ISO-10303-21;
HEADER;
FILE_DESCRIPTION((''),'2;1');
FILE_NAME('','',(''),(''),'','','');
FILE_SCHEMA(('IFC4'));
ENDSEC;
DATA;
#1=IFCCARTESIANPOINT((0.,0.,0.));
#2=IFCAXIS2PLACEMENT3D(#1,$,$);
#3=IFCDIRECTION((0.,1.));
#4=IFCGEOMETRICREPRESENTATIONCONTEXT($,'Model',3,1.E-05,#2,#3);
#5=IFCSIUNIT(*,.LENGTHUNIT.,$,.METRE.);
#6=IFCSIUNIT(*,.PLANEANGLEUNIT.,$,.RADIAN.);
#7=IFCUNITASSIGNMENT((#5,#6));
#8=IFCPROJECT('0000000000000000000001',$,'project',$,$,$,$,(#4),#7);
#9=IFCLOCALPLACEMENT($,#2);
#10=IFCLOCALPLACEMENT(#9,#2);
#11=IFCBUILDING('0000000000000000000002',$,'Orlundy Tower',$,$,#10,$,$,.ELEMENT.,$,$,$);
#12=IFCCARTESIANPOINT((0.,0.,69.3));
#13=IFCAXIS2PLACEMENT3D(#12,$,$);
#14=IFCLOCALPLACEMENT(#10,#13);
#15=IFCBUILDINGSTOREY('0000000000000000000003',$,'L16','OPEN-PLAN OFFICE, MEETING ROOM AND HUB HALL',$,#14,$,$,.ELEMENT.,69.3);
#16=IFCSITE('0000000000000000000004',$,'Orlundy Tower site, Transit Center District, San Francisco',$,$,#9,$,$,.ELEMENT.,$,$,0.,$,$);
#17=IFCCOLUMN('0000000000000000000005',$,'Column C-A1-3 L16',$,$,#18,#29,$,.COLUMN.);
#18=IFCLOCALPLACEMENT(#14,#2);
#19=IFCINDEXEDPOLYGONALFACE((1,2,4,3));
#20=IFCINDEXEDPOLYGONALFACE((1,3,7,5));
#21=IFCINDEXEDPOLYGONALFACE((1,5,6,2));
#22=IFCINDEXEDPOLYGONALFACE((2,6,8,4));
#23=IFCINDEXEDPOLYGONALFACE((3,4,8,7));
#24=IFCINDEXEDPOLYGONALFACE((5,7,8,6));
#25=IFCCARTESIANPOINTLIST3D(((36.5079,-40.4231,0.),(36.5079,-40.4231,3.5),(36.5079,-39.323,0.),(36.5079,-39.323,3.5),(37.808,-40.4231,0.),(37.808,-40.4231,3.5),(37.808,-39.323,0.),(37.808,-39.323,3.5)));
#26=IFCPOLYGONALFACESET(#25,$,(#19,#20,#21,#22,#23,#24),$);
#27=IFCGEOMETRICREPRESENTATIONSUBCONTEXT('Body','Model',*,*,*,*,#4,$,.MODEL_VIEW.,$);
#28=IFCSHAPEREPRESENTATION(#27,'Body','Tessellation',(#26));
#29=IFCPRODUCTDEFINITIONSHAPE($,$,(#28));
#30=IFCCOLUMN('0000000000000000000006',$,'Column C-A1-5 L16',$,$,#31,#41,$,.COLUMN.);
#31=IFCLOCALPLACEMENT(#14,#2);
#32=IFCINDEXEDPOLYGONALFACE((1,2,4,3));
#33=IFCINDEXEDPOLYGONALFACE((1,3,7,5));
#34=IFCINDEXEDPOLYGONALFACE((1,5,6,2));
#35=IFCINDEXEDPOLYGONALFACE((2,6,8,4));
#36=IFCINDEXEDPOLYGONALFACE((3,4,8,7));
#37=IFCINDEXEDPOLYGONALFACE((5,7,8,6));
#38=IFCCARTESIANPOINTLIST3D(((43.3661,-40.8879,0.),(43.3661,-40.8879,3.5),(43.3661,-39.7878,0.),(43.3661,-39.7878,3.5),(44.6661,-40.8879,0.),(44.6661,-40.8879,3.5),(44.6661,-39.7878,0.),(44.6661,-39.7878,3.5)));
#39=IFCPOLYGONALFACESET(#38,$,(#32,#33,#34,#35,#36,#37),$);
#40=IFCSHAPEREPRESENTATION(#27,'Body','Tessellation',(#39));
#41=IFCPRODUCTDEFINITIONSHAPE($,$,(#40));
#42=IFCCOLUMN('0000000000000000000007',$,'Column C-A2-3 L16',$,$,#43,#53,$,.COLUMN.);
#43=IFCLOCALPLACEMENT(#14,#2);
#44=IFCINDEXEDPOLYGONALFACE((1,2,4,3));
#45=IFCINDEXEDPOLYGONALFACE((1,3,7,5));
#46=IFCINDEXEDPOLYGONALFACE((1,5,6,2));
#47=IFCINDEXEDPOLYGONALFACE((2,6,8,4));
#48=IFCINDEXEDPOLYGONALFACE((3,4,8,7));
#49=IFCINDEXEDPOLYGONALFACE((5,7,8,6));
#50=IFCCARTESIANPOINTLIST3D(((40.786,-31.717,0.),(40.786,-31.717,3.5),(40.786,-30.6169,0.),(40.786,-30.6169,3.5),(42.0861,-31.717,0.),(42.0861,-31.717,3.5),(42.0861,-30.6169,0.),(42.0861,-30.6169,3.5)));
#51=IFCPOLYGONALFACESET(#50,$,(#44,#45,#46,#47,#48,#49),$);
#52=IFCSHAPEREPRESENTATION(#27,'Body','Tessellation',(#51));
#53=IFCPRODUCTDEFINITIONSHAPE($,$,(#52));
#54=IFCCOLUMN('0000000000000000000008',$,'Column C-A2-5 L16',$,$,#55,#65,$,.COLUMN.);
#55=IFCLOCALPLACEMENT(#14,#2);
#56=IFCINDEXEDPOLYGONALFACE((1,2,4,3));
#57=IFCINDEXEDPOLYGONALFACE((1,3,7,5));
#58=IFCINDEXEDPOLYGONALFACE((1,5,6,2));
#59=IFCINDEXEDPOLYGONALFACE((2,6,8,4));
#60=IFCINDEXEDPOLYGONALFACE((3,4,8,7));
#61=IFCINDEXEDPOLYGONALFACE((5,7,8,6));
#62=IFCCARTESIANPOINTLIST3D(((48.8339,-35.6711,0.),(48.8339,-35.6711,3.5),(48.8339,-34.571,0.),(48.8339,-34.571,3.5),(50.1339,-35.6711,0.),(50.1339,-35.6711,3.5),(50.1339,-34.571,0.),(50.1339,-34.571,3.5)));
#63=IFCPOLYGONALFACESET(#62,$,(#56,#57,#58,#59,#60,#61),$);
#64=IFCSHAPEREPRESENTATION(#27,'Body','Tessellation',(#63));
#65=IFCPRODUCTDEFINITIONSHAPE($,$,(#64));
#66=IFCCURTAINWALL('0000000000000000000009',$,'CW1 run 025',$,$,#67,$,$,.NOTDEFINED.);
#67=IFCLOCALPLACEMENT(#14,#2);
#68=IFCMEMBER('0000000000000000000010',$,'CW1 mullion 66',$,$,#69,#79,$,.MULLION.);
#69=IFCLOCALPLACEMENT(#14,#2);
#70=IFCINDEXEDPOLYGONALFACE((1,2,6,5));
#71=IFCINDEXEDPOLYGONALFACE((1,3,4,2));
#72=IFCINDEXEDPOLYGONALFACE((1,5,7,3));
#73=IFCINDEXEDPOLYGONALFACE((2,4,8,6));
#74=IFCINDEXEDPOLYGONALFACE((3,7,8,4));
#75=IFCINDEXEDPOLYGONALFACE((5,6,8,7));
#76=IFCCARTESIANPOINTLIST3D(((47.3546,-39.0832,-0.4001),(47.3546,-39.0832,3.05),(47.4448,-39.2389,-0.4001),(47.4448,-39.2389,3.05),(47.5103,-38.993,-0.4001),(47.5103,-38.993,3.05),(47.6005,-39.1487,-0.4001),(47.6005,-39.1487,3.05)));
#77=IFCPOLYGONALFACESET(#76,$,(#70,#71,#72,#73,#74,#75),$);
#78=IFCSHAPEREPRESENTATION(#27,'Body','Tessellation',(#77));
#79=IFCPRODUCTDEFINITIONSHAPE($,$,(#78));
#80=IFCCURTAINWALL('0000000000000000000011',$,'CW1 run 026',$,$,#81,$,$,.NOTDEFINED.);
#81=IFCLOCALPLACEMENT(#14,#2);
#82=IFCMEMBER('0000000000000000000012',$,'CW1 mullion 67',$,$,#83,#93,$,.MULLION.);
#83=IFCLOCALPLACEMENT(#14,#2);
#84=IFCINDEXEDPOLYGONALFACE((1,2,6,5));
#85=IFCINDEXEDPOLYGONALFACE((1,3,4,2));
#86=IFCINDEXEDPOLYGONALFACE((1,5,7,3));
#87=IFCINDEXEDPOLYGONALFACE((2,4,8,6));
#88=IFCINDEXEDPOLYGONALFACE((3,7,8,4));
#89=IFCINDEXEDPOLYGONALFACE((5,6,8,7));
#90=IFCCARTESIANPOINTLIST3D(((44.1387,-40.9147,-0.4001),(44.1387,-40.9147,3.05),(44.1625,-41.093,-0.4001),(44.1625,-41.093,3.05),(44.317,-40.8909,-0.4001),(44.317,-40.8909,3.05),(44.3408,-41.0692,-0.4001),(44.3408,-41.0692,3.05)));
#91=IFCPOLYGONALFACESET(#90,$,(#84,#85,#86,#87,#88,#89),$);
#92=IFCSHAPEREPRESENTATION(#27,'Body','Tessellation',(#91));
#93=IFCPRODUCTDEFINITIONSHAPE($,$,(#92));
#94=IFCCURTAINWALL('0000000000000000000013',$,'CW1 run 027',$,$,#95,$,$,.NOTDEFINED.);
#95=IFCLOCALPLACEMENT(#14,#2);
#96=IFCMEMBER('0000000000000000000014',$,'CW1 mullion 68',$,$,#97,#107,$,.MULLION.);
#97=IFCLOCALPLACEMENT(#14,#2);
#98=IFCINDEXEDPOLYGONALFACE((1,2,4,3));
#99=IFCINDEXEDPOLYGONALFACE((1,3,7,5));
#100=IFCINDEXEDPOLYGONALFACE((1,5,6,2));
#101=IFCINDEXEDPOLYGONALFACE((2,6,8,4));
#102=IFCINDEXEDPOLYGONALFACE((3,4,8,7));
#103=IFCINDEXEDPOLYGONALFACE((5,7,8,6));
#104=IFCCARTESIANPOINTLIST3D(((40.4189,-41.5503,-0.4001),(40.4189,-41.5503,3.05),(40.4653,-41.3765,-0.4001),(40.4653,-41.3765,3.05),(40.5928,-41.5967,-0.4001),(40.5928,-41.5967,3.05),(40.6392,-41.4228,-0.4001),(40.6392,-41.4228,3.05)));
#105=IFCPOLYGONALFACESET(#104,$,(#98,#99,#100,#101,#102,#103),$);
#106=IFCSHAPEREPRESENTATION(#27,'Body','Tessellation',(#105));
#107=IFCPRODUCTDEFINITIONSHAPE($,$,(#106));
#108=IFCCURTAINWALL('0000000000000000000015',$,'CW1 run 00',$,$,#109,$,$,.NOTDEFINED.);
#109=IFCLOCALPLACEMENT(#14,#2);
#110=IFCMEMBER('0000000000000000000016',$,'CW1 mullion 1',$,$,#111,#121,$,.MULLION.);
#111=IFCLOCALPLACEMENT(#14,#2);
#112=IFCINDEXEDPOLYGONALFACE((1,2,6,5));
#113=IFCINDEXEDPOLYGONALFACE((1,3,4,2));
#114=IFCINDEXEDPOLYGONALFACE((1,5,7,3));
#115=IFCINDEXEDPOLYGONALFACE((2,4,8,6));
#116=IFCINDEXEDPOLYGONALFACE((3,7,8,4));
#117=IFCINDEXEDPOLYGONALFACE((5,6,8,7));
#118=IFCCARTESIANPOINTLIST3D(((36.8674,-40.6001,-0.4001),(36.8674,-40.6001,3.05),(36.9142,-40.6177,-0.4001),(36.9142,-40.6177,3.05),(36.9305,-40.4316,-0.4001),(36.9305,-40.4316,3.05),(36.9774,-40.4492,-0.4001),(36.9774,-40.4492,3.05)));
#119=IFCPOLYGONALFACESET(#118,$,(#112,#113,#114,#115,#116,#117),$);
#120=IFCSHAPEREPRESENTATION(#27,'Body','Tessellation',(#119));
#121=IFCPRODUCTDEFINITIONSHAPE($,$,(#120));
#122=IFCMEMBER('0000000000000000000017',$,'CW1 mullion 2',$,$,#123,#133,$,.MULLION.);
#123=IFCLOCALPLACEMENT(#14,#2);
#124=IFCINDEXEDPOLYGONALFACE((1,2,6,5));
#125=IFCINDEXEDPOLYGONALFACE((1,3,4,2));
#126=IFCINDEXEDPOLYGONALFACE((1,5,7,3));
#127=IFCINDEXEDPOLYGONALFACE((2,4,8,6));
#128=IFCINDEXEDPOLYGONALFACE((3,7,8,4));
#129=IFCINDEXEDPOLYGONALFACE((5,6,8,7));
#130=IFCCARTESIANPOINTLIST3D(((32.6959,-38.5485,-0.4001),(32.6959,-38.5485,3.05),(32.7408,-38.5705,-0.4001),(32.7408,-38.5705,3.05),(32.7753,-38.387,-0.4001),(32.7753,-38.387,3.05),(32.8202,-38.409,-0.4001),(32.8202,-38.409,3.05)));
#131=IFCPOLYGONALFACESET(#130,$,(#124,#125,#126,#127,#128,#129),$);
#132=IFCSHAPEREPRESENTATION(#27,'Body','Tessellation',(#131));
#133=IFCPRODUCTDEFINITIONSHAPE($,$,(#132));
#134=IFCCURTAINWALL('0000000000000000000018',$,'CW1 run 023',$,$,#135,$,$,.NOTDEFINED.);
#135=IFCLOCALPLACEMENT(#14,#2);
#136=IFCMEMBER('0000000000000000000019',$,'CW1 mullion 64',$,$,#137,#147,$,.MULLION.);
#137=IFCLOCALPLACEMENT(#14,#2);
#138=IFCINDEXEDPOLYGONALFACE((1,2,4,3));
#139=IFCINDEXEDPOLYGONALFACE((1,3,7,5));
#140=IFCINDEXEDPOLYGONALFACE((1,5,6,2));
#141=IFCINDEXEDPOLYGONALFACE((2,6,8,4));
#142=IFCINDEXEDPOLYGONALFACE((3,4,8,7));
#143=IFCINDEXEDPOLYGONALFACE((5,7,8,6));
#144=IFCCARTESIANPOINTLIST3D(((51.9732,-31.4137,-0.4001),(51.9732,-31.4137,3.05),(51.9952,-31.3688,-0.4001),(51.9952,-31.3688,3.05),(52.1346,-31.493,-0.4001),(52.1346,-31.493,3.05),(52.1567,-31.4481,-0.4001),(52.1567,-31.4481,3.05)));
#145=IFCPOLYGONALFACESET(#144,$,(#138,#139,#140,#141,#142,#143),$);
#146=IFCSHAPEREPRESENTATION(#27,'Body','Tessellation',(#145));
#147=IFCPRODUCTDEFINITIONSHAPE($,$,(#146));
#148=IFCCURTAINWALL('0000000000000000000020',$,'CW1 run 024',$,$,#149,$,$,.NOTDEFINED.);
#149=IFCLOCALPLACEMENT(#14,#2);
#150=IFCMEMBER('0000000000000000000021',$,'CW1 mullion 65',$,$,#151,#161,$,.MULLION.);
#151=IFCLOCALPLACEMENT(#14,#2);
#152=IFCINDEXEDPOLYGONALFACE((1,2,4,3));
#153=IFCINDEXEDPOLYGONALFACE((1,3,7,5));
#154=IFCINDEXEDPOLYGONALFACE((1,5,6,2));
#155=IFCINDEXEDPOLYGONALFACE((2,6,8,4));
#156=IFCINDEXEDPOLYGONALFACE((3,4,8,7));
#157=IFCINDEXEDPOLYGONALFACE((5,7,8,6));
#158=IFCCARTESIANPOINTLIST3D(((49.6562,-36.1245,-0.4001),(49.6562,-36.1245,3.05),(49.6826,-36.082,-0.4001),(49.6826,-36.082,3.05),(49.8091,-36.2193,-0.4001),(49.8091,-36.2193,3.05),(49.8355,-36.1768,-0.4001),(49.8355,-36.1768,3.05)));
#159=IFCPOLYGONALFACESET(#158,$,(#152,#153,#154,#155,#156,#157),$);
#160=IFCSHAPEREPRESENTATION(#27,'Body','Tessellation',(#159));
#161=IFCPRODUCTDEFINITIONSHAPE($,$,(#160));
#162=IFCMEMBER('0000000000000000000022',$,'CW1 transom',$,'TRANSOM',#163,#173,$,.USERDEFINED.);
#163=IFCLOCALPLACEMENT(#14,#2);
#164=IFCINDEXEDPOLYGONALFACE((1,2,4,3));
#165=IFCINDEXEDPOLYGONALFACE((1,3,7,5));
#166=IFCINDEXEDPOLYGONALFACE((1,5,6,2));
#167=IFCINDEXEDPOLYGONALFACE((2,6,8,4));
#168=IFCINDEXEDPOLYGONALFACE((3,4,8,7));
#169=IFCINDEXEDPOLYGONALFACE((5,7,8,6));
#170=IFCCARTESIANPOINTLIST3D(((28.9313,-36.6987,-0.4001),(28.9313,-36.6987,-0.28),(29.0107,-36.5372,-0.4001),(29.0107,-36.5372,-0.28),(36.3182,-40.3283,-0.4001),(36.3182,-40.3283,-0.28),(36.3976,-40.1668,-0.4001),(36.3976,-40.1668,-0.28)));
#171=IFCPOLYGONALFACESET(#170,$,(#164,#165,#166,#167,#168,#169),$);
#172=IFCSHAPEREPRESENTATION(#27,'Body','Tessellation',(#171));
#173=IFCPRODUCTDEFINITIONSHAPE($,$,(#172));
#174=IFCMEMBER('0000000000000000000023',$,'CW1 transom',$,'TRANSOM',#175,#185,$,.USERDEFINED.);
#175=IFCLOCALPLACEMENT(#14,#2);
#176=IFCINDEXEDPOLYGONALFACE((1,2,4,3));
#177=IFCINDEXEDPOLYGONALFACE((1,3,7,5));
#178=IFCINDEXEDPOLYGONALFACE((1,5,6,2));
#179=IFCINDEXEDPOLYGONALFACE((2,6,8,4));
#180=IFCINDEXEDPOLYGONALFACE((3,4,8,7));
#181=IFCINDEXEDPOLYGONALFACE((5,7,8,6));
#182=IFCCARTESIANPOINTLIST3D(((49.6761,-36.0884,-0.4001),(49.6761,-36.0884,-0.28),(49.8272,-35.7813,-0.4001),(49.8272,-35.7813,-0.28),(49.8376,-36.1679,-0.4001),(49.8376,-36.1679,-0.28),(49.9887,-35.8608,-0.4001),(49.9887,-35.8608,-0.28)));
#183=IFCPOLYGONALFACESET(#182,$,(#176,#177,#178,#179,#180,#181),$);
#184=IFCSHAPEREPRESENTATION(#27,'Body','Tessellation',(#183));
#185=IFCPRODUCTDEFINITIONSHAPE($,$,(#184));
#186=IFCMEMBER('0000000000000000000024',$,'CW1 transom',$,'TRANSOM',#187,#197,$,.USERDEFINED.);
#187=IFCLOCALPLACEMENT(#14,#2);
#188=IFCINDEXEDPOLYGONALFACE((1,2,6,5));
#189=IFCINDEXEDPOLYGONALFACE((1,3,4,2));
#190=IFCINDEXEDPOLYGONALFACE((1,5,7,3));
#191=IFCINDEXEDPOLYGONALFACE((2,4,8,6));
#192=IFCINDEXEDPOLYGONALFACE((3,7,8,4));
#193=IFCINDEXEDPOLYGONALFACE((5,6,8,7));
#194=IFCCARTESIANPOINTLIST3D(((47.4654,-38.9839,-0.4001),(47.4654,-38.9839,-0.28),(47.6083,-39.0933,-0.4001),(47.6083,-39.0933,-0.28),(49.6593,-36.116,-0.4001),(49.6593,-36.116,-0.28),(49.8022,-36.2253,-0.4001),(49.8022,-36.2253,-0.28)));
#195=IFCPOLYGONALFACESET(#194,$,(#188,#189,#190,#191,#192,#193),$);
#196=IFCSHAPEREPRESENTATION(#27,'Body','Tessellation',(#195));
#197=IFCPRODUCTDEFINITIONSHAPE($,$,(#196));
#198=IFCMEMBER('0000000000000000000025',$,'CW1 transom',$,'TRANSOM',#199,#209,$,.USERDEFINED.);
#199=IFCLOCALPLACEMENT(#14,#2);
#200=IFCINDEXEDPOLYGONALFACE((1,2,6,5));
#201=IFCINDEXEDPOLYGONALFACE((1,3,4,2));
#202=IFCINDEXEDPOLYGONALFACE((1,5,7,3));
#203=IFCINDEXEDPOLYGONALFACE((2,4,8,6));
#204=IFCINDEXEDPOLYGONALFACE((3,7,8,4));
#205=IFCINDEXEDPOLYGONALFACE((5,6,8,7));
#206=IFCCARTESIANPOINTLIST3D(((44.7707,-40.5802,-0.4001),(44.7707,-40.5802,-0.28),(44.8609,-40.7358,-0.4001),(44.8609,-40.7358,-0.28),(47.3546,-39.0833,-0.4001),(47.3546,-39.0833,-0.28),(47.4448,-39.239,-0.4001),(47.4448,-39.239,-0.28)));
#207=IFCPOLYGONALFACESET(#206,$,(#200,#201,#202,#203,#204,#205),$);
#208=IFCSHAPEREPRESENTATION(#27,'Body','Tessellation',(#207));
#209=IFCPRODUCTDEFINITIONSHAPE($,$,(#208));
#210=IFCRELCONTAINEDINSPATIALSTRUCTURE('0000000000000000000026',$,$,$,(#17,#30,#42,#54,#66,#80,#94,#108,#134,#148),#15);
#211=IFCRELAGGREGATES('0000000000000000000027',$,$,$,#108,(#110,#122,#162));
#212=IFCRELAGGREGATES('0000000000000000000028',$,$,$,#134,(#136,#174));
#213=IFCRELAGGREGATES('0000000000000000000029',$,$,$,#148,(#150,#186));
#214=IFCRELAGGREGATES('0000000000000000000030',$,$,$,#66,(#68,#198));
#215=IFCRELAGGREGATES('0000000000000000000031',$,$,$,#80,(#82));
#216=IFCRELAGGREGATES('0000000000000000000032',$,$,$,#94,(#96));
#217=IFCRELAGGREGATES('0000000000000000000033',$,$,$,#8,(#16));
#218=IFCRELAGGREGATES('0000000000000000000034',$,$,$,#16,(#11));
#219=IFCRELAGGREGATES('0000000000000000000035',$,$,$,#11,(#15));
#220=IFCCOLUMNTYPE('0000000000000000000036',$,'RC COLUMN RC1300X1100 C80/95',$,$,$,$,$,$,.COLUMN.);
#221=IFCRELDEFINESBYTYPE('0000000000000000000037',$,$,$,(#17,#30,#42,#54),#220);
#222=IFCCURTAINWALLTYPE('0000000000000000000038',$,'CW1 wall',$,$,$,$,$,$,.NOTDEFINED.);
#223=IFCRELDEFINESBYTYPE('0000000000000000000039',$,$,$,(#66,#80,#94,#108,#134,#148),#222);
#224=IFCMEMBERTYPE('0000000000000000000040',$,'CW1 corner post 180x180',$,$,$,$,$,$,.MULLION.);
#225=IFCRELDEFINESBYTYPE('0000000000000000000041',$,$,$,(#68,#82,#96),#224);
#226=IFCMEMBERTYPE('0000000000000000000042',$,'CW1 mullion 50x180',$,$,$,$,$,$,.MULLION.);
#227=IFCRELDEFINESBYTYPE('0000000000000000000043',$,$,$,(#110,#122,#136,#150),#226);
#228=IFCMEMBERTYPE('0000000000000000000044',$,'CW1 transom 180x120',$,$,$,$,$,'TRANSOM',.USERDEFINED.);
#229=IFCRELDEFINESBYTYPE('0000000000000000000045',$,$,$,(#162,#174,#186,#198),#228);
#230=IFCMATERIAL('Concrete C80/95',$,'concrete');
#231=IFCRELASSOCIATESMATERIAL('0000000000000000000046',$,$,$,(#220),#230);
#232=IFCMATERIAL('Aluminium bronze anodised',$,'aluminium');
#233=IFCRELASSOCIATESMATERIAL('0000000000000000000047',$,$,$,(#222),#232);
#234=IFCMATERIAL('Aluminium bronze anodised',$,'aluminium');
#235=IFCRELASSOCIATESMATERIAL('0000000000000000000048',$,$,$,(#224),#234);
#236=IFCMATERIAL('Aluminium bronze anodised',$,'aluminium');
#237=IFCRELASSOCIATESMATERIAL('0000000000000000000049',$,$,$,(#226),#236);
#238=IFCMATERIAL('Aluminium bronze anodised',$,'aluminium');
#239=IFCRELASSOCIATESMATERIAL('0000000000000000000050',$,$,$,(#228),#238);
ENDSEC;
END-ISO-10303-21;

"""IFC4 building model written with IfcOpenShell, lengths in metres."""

from ifc_helpers import new_model, si_unit, direction, frame, origin, origin_2d, place, context, subcontext, project, spatial, rectangle, extrude, material, material_profile, profile_set, type_object, element, aggregate, save


model = new_model("IFC4")

# Units and contexts
model_context = context("Model", 3, precision=1e-05, world=origin(), true_north=direction((0.0, 1.0)))
body_context = subcontext(model_context, "Body", "Model", "MODEL_VIEW")
ifc_project = project(units=[si_unit("LENGTHUNIT", "METRE"), si_unit("PLANEANGLEUNIT", "RADIAN")], contexts=[model_context])

# Site, building, storey
site_placement = place(None, origin())
site = spatial("IfcSite", under=ifc_project, at=site_placement, Name="Orlundy Tower site, Transit Center District, San Francisco", CompositionType="ELEMENT", RefElevation=0.0)
building_placement = place(site_placement, origin())
building = spatial("IfcBuilding", under=site, at=building_placement, Name="Orlundy Tower", CompositionType="ELEMENT")
storey_placement = place(building_placement, frame((0.0, 0.0, 69.3)))
storey = spatial("IfcBuildingStorey", under=building, at=storey_placement, Name="L16", Description="OPEN-PLAN OFFICE, MEETING ROOM AND HUB HALL", CompositionType="ELEMENT", Elevation=69.3)

# Columns
ifc_material_1 = material(Name="Concrete C80/95", Category="concrete")
ifc_material_profile_1 = material_profile(ifc_material_1, rectangle(XDim=1.3, YDim=1.1001, at=origin_2d()), Name="RC1300X1100")
ifc_profile_set_1 = profile_set([ifc_material_profile_1], Name="Concrete C80/95")
column_type = type_object("IfcColumnType", Name="RC COLUMN RC1300X1100 C80/95", PredefinedType="COLUMN", material=ifc_profile_set_1)
for number, where, z_axis, x_axis, name in (
    (1, (37.158, -39.873, 0.0), (0.0, 0.0, 1.0), (1.0, 0.0, 0.0), "Column C-A1-3 L16"),
    (2, (44.0161, -40.3379, 0.0), (0.0, 0.0, 1.0), (1.0, 0.0, 0.0), "Column C-A1-5 L16"),
    (3, (41.436, -31.167, 0.0), (0.0, 0.0, 1.0), (1.0, 0.0, 0.0), "Column C-A2-3 L16"),
    (4, (49.4839, -35.1211, 0.0), (0.0, 0.0, 1.0), (1.0, 0.0, 0.0), "Column C-A2-5 L16"),
):
    element("IfcColumn", number, at=place(storey_placement, frame(where, z_axis=z_axis, x_axis=x_axis)), inside=storey, type_object=column_type, Name=name, PredefinedType="COLUMN", context=body_context, shape_type="SweptSolid", body=[
        extrude(rectangle(XDim=1.3, YDim=1.1001, at=origin_2d()), origin(), (0.0, 0.0, 1.0), 3.5),
    ])

# Curtain walls, members
ifc_material_2 = material(Name="Aluminium bronze anodised", Category="aluminium")
curtain_wall_type = type_object("IfcCurtainWallType", Name="CW1 wall", PredefinedType="NOTDEFINED", material=ifc_material_2)
curtain_wall_1_placement = place(storey_placement, origin())
curtain_wall_1 = element("IfcCurtainWall", 5, at=curtain_wall_1_placement, inside=storey, type_object=curtain_wall_type, Name="CW1 run 025", PredefinedType="NOTDEFINED")
ifc_material_3 = material(Name="Aluminium bronze anodised", Category="aluminium")
ifc_material_profile_2 = material_profile(ifc_material_3, rectangle(XDim=0.1799, YDim=0.1799, at=origin_2d()), Name="CW1 corner post 180x180")
ifc_profile_set_2 = profile_set([ifc_material_profile_2], Name="Aluminium bronze anodised")
member_type_1 = type_object("IfcMemberType", Name="CW1 corner post 180x180", PredefinedType="MULLION", material=ifc_profile_set_2)
member_1_placement = place(storey_placement, frame((47.4775, -39.116, -0.4001), z_axis=(0.0, 0.0, 1.0), x_axis=(0.501302, -0.865272, 0.0)))
member_1 = element("IfcMember", 6, at=member_1_placement, type_object=member_type_1, Name="CW1 mullion 66", PredefinedType="MULLION", context=body_context, shape_type="SweptSolid", body=[
    extrude(rectangle(XDim=0.1799, YDim=0.1799, at=origin_2d()), origin(), (0.0, 0.0, 1.0), 3.4502),
])
curtain_wall_2_placement = place(storey_placement, origin())
curtain_wall_2 = element("IfcCurtainWall", 7, at=curtain_wall_2_placement, inside=storey, type_object=curtain_wall_type, Name="CW1 run 026", PredefinedType="NOTDEFINED")
member_2_placement = place(storey_placement, frame((44.2397, -40.9919, -0.4001), z_axis=(0.0, 0.0, 1.0), x_axis=(0.132164, -0.991228, 0.0)))
member_2 = element("IfcMember", 8, at=member_2_placement, type_object=member_type_1, Name="CW1 mullion 67", PredefinedType="MULLION", context=body_context, shape_type="SweptSolid", body=[
    extrude(rectangle(XDim=0.1799, YDim=0.1799, at=origin_2d()), origin(), (0.0, 0.0, 1.0), 3.4502),
])
curtain_wall_3_placement = place(storey_placement, origin())
curtain_wall_3 = element("IfcCurtainWall", 9, at=curtain_wall_3_placement, inside=storey, type_object=curtain_wall_type, Name="CW1 run 027", PredefinedType="NOTDEFINED")
member_3_placement = place(storey_placement, frame((40.5291, -41.4866, -0.4001), z_axis=(0.0, 0.0, 1.0), x_axis=(-0.257679, -0.96623, 0.0)))
member_3 = element("IfcMember", 10, at=member_3_placement, type_object=member_type_1, Name="CW1 mullion 68", PredefinedType="MULLION", context=body_context, shape_type="SweptSolid", body=[
    extrude(rectangle(XDim=0.1799, YDim=0.1799, at=origin_2d()), origin(), (0.0, 0.0, 1.0), 3.4502),
])

# Curtain wall, members
curtain_wall_4_placement = place(storey_placement, origin())
curtain_wall_4 = element("IfcCurtainWall", 11, at=curtain_wall_4_placement, inside=storey, type_object=curtain_wall_type, Name="CW1 run 00", PredefinedType="NOTDEFINED")
ifc_material_4 = material(Name="Aluminium bronze anodised", Category="aluminium")
ifc_material_profile_3 = material_profile(ifc_material_4, rectangle(XDim=0.1799, YDim=0.05, at=origin_2d()), Name="CW1 mullion 50x180")
ifc_profile_set_3 = profile_set([ifc_material_profile_3], Name="Aluminium bronze anodised")
member_type_2 = type_object("IfcMemberType", Name="CW1 mullion 50x180", PredefinedType="MULLION", material=ifc_profile_set_3)
member_4_placement = place(storey_placement, frame((36.9224, -40.5247, -0.4001), z_axis=(0.0, 0.0, 1.0), x_axis=(-0.351009, -0.936372, 0.0)))
member_4 = element("IfcMember", 12, at=member_4_placement, type_object=member_type_2, Name="CW1 mullion 1", PredefinedType="MULLION", context=body_context, shape_type="SweptSolid", body=[
    extrude(rectangle(XDim=0.1799, YDim=0.05, at=origin_2d()), origin(), (0.0, 0.0, 1.0), 3.4502),
])
member_5_placement = place(storey_placement, frame((32.7581, -38.4788, -0.4001), z_axis=(0.0, 0.0, 1.0), x_axis=(-0.440969, -0.897522, 0.0)))
member_5 = element("IfcMember", 13, at=member_5_placement, type_object=member_type_2, Name="CW1 mullion 2", PredefinedType="MULLION", context=body_context, shape_type="SweptSolid", body=[
    extrude(rectangle(XDim=0.1799, YDim=0.05, at=origin_2d()), origin(), (0.0, 0.0, 1.0), 3.4502),
])

# Curtain walls, members
curtain_wall_5_placement = place(storey_placement, origin())
curtain_wall_5 = element("IfcCurtainWall", 14, at=curtain_wall_5_placement, inside=storey, type_object=curtain_wall_type, Name="CW1 run 023", PredefinedType="NOTDEFINED")
member_6_placement = place(storey_placement, frame((52.0649, -31.4309, -0.4001), z_axis=(0.0, 0.0, 1.0), x_axis=(0.897501, -0.441012, 0.0)))
member_6 = element("IfcMember", 15, at=member_6_placement, type_object=member_type_2, Name="CW1 mullion 64", PredefinedType="MULLION", context=body_context, shape_type="SweptSolid", body=[
    extrude(rectangle(XDim=0.1799, YDim=0.05, at=origin_2d()), origin(), (0.0, 0.0, 1.0), 3.4502),
])
curtain_wall_6_placement = place(storey_placement, origin())
curtain_wall_6 = element("IfcCurtainWall", 16, at=curtain_wall_6_placement, inside=storey, type_object=curtain_wall_type, Name="CW1 run 024", PredefinedType="NOTDEFINED")
member_7_placement = place(storey_placement, frame((49.7458, -36.1506, -0.4001), z_axis=(0.0, 0.0, 1.0), x_axis=(0.849973, -0.526826, 0.0)))
member_7 = element("IfcMember", 17, at=member_7_placement, type_object=member_type_2, Name="CW1 mullion 65", PredefinedType="MULLION", context=body_context, shape_type="SweptSolid", body=[
    extrude(rectangle(XDim=0.1799, YDim=0.05, at=origin_2d()), origin(), (0.0, 0.0, 1.0), 3.4502),
])

# Members
ifc_material_5 = material(Name="Aluminium bronze anodised", Category="aluminium")
ifc_material_profile_4 = material_profile(ifc_material_5, rectangle(XDim=0.1799, YDim=0.1201, at=origin_2d()), Name="CW1 transom 180x120")
ifc_profile_set_4 = profile_set([ifc_material_profile_4], Name="Aluminium bronze anodised")
member_type_3 = type_object("IfcMemberType", Name="CW1 transom 180x120", ElementType="TRANSOM", PredefinedType="USERDEFINED", material=ifc_profile_set_4)
member_8_placement = place(storey_placement, frame((36.3579, -40.2476, -0.3401), z_axis=(-0.897508, 0.440997, 0.0), x_axis=(-0.440997, -0.897508, 0.0)))
member_8 = element("IfcMember", 18, at=member_8_placement, type_object=member_type_3, Name="CW1 transom", ObjectType="TRANSOM", PredefinedType="USERDEFINED", context=body_context, shape_type="SweptSolid", body=[
    extrude(rectangle(XDim=0.1799, YDim=0.1201, at=origin_2d()), origin(), (0.0, 0.0, 1.0), 8.2305),
])
member_9_placement = place(storey_placement, frame((49.908, -35.821, -0.3401), z_axis=(-0.441499, -0.897262, 0.0), x_axis=(0.897262, -0.441499, 0.0)))
member_9 = element("IfcMember", 19, at=member_9_placement, type_object=member_type_3, Name="CW1 transom", ObjectType="TRANSOM", PredefinedType="USERDEFINED", context=body_context, shape_type="SweptSolid", body=[
    extrude(rectangle(XDim=0.1799, YDim=0.1201, at=origin_2d()), origin(), (0.0, 0.0, 1.0), 0.3423),
])
member_10_placement = place(storey_placement, frame((49.7307, -36.1707, -0.3401), z_axis=(-0.607578, -0.79426, 0.0), x_axis=(0.79426, -0.607578, 0.0)))
member_10 = element("IfcMember", 20, at=member_10_placement, type_object=member_type_3, Name="CW1 transom", ObjectType="TRANSOM", PredefinedType="USERDEFINED", context=body_context, shape_type="SweptSolid", body=[
    extrude(rectangle(XDim=0.1799, YDim=0.1201, at=origin_2d()), origin(), (0.0, 0.0, 1.0), 3.6108),
])
member_11_placement = place(storey_placement, frame((47.3997, -39.1611, -0.3401), z_axis=(-0.865284, -0.501281, 0.0), x_axis=(0.501281, -0.865284, 0.0)))
member_11 = element("IfcMember", 21, at=member_11_placement, type_object=member_type_3, Name="CW1 transom", ObjectType="TRANSOM", PredefinedType="USERDEFINED", context=body_context, shape_type="SweptSolid", body=[
    extrude(rectangle(XDim=0.1799, YDim=0.1201, at=origin_2d()), origin(), (0.0, 0.0, 1.0), 2.9861),
])

aggregate(curtain_wall_4, [member_4, member_5, member_8])
aggregate(curtain_wall_5, [member_6, member_9])
aggregate(curtain_wall_6, [member_7, member_10])
aggregate(curtain_wall_1, [member_1, member_11])
aggregate(curtain_wall_2, [member_2])
aggregate(curtain_wall_3, [member_3])

save(model, "model.ifc")
